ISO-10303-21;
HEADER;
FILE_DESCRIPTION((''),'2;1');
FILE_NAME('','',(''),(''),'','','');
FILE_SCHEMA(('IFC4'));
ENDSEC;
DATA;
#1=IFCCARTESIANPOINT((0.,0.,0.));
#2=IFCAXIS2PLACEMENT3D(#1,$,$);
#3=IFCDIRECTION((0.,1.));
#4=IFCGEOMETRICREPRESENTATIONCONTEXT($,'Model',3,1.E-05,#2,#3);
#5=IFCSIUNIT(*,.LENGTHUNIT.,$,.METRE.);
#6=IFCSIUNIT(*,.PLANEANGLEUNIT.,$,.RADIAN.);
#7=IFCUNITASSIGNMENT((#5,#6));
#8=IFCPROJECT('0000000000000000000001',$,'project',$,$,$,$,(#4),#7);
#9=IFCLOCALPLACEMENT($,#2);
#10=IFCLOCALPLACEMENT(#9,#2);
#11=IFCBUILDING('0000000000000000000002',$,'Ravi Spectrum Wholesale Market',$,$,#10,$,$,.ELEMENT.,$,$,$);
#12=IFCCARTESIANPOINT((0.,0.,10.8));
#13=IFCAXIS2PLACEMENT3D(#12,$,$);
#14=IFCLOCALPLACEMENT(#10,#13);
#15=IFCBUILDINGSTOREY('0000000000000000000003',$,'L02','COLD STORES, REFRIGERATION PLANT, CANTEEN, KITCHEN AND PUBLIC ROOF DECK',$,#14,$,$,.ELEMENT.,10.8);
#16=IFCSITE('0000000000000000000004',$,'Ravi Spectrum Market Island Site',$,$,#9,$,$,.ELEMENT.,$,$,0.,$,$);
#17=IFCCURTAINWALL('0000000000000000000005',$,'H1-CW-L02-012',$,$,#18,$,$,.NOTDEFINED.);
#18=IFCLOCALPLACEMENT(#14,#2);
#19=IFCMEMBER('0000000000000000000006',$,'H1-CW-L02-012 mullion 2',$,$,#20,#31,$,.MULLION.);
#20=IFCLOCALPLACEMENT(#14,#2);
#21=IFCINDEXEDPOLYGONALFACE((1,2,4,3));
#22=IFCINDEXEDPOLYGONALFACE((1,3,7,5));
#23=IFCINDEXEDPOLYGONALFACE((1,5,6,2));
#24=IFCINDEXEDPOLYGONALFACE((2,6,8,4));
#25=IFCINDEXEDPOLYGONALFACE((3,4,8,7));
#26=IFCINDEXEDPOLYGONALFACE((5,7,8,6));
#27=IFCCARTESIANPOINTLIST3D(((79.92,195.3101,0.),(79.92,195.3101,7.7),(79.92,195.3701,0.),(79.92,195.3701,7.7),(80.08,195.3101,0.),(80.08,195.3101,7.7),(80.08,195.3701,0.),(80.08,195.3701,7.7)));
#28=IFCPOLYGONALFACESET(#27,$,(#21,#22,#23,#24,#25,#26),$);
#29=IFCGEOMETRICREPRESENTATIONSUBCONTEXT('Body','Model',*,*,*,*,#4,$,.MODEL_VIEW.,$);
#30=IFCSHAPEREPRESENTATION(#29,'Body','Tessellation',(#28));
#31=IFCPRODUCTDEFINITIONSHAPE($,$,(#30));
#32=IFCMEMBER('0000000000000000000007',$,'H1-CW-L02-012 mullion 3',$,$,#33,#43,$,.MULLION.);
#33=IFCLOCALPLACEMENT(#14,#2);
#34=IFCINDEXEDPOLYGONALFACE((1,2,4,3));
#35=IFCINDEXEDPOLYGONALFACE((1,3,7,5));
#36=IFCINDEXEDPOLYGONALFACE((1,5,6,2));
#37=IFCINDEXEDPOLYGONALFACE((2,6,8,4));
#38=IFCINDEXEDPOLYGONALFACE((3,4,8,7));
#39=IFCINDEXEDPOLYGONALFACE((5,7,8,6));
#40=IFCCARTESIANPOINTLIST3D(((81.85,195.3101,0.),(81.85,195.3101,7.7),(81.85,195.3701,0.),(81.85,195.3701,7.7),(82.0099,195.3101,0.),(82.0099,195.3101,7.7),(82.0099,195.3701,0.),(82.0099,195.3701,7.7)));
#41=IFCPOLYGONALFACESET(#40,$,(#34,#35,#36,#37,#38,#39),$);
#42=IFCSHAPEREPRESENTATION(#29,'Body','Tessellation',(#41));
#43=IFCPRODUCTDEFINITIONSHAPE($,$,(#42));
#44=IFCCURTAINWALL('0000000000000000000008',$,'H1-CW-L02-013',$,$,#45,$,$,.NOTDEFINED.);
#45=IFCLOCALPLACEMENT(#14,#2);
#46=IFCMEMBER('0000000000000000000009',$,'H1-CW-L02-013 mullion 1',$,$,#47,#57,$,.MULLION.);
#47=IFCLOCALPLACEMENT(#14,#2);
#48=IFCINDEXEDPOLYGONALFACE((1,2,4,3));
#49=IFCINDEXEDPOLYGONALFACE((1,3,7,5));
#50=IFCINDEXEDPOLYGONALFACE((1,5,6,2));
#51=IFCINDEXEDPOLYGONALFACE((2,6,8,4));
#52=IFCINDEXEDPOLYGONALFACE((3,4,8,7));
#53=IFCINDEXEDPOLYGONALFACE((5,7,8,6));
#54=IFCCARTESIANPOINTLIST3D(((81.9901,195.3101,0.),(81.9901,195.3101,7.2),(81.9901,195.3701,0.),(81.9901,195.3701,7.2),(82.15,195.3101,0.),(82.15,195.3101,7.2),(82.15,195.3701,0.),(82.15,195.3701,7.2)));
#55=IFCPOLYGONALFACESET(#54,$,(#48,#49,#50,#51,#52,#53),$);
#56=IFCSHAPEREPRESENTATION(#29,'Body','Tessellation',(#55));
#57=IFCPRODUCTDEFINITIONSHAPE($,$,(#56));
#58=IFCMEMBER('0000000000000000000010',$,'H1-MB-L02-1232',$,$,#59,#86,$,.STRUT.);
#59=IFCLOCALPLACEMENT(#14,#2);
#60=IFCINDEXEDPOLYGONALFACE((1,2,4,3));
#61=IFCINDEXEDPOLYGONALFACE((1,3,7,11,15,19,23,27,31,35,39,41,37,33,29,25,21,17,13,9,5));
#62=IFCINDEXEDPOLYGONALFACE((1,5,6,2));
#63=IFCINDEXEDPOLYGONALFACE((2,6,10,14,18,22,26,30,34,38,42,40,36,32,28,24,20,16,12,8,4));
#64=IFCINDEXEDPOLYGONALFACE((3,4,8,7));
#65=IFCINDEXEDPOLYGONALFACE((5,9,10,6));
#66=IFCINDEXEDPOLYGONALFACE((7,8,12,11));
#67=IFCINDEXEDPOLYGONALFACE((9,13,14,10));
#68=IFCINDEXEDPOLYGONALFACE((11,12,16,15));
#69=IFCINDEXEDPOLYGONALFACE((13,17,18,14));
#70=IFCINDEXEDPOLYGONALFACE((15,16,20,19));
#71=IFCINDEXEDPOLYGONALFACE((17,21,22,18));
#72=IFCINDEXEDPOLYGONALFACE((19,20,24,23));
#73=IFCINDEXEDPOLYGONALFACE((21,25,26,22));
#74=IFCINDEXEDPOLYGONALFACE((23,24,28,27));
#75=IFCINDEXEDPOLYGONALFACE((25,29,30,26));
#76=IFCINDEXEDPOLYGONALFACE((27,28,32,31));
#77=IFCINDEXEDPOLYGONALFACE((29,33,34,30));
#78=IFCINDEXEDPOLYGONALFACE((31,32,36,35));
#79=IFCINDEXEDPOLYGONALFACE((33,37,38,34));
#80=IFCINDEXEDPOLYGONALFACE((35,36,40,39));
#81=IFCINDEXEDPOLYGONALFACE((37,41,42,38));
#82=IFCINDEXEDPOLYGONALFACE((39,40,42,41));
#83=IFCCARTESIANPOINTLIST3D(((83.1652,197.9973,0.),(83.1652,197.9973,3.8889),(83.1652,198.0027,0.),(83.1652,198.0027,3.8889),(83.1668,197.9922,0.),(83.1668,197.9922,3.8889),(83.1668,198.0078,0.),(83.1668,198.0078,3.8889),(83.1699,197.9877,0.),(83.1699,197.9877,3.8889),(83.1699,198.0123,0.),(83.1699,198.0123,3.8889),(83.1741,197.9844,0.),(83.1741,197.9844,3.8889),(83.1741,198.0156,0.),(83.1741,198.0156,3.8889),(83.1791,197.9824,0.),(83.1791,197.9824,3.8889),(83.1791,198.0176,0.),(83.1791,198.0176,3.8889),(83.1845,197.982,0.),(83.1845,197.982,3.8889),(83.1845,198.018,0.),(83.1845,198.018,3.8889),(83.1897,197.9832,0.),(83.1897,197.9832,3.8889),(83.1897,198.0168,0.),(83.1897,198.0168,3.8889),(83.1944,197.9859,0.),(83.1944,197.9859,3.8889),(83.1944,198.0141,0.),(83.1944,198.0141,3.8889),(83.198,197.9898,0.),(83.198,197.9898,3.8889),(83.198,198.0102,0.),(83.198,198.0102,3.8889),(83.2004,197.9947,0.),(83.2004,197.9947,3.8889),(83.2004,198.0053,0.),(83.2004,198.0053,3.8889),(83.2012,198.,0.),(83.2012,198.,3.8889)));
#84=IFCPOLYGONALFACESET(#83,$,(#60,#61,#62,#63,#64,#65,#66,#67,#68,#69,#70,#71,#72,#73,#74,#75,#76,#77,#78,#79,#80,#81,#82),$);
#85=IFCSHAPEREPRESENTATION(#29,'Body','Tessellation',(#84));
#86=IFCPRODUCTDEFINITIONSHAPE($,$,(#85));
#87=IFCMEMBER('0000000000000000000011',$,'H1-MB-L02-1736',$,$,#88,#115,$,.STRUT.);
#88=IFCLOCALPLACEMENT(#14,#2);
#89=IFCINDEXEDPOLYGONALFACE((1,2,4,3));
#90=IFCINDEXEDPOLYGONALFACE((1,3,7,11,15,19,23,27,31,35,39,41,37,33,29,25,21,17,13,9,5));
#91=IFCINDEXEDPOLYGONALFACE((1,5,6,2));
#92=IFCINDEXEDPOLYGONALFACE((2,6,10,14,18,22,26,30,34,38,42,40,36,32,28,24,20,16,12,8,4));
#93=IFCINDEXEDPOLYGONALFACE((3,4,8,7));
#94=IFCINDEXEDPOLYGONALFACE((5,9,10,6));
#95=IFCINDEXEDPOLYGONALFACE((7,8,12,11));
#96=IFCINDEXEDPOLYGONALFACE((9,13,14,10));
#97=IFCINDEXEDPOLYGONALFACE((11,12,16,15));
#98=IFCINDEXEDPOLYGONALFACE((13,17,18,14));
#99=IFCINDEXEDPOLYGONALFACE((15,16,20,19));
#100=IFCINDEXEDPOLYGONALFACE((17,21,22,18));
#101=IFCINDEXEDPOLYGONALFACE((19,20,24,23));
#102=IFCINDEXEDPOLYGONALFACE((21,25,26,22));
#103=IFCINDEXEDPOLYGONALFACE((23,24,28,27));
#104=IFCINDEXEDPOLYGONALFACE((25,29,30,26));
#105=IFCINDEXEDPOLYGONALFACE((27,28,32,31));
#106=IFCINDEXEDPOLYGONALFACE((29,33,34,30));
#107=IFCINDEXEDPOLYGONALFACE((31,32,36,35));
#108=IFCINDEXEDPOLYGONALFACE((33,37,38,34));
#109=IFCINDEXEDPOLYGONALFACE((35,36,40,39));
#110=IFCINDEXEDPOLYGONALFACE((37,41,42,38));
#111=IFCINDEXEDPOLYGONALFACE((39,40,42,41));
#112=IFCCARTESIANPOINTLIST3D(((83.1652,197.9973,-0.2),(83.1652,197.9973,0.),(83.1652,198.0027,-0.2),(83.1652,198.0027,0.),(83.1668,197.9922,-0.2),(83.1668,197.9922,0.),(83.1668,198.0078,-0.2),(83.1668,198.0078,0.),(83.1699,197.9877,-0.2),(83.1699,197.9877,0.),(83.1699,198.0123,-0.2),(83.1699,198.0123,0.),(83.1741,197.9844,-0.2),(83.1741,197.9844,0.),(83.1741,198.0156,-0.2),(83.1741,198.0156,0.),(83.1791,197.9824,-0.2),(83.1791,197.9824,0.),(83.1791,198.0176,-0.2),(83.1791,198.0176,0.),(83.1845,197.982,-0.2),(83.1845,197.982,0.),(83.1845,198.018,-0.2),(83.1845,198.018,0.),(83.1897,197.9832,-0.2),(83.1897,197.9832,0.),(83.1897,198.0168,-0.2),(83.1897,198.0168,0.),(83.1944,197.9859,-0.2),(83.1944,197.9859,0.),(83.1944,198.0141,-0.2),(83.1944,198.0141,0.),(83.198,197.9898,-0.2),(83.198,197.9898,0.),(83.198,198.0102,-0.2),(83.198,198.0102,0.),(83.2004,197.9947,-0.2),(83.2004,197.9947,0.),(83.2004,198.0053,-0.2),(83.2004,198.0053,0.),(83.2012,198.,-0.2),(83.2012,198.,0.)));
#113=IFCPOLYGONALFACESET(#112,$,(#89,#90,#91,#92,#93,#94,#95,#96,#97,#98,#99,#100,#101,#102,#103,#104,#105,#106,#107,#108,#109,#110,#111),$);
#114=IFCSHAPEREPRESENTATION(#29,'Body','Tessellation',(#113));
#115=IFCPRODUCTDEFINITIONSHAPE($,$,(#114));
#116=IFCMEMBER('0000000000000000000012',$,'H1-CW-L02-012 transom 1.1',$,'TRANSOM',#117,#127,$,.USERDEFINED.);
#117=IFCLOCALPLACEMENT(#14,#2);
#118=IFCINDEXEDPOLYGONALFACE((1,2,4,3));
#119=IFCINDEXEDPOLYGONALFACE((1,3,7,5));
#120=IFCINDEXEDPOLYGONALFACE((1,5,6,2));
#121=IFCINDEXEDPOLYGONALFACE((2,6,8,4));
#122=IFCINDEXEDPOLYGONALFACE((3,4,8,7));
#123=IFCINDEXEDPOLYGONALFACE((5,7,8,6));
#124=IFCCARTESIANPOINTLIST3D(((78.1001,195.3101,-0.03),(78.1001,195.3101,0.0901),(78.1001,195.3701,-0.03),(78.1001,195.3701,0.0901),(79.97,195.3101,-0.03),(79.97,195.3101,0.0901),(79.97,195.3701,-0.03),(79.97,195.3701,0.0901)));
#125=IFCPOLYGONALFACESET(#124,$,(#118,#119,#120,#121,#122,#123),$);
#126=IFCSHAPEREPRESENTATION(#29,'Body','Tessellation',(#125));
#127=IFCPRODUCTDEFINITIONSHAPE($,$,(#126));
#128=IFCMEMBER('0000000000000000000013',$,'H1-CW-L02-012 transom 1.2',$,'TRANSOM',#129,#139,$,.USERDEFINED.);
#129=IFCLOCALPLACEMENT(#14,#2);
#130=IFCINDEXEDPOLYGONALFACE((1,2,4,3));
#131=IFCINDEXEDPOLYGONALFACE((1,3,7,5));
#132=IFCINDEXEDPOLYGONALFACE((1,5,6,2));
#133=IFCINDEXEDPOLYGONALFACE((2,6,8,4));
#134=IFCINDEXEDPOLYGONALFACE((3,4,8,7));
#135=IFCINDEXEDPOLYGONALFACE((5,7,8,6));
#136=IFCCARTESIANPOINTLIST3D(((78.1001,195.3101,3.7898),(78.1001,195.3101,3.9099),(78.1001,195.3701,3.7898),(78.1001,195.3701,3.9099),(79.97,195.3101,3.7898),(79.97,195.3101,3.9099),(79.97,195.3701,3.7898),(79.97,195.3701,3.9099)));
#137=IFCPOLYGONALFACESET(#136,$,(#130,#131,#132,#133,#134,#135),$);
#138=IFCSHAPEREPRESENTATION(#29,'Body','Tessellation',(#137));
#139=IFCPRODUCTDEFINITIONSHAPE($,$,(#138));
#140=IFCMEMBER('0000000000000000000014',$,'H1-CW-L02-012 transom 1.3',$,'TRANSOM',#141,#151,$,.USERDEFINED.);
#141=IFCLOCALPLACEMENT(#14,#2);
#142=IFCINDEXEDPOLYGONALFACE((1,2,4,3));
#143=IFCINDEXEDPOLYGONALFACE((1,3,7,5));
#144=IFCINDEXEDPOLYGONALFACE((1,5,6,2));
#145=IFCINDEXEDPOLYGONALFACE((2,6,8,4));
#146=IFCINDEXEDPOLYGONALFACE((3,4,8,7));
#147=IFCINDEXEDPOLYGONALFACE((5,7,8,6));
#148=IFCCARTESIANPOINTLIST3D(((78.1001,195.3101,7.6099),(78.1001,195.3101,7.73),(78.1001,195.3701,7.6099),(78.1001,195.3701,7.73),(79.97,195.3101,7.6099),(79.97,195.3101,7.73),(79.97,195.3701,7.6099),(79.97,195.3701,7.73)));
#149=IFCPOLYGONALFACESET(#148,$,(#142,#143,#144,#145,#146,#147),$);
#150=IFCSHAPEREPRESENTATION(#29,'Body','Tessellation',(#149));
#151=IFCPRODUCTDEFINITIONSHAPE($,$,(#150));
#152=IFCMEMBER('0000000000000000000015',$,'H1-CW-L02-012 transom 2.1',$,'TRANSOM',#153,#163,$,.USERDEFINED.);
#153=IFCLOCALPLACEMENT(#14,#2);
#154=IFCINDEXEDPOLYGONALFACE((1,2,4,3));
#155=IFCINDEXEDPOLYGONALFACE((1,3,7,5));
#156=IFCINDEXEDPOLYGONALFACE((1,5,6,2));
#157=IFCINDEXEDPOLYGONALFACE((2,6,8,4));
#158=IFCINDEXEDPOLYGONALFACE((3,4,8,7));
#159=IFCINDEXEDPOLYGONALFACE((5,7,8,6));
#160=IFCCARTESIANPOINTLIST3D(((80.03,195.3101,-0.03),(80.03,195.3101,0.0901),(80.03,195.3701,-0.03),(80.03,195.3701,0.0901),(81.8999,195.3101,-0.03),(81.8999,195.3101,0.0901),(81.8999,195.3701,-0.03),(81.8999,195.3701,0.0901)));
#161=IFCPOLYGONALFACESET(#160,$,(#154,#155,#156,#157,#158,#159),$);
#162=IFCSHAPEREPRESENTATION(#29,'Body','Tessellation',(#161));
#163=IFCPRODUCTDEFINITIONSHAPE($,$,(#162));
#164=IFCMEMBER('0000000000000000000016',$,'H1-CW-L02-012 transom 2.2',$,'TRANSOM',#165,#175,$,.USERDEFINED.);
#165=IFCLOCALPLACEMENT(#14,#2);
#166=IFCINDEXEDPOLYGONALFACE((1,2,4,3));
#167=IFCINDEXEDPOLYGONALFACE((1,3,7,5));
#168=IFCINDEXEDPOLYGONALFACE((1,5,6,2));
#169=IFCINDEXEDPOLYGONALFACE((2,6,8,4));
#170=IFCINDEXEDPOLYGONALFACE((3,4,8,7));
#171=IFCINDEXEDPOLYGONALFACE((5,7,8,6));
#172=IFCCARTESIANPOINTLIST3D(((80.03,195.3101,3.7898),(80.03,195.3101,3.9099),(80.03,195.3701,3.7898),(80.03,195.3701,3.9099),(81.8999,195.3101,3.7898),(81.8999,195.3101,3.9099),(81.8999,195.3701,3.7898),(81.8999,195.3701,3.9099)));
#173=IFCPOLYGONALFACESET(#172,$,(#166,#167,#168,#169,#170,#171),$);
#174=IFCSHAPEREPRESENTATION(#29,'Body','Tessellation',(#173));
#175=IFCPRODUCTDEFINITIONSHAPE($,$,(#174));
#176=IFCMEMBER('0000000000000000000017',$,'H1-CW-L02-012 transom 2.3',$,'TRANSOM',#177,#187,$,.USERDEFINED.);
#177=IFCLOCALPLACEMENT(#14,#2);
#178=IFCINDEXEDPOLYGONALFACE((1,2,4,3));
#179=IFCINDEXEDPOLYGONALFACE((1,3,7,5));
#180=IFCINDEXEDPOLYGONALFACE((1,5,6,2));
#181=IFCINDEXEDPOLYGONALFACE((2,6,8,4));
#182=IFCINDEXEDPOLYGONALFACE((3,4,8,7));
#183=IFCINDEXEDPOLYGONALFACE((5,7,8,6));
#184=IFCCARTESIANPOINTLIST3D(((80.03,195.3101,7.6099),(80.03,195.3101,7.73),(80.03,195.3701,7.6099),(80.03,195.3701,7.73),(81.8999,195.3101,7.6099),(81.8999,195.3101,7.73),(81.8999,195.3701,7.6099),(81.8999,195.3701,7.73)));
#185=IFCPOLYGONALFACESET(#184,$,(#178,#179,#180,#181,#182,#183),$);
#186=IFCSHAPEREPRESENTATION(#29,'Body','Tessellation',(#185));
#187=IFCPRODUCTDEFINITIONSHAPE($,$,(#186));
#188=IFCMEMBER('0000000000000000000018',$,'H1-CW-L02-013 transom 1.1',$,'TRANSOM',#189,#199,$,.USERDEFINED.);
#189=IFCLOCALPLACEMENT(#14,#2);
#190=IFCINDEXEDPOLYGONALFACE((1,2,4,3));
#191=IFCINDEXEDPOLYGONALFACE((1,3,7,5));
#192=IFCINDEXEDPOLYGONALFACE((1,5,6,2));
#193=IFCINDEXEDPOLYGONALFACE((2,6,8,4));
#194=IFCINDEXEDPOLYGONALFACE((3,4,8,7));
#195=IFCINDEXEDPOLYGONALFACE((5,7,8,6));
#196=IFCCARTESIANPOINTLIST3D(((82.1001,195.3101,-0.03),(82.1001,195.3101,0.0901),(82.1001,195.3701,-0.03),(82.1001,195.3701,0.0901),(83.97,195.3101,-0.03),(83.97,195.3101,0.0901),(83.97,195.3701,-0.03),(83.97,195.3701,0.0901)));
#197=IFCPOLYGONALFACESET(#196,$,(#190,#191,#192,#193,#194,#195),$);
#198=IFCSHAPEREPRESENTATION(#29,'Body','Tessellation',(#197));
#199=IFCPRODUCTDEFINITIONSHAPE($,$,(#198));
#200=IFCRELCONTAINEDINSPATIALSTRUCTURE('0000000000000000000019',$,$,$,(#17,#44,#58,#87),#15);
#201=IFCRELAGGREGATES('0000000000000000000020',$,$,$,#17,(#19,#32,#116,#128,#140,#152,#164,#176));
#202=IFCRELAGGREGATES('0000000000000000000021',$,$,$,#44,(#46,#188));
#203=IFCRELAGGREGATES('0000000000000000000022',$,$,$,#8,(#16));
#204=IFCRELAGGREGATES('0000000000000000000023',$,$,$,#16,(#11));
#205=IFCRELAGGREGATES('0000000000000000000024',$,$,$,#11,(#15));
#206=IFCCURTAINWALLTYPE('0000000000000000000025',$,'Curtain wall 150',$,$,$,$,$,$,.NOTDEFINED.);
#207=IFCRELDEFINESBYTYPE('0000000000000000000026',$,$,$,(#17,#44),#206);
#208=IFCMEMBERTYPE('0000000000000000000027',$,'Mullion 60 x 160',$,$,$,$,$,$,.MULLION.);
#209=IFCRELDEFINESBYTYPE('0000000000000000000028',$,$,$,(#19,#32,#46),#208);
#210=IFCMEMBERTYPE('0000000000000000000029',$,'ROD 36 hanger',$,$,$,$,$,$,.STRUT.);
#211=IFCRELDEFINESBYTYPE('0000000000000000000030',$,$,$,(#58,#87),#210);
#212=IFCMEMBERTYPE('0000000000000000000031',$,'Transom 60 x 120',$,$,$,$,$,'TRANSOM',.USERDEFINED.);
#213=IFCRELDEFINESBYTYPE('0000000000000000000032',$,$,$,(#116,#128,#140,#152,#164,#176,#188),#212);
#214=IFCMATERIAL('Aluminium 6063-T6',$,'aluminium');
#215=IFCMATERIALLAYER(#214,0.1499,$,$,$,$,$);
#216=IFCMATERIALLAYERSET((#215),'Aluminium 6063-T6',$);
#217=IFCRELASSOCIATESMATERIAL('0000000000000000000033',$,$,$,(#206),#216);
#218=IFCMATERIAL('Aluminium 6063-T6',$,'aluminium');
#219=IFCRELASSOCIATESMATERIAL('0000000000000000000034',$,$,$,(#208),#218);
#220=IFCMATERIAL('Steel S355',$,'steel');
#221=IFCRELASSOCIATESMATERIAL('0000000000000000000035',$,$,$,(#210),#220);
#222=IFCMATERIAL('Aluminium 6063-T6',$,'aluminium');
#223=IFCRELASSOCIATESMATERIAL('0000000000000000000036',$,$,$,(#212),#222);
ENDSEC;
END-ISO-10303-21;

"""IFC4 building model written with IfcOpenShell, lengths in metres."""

from ifc_helpers import new_model, si_unit, direction, frame, origin, origin_2d, place, context, subcontext, project, spatial, rectangle, circle, extrude, material, layer, layer_set, material_profile, profile_set, type_object, element, aggregate, save


model = new_model("IFC4")

# Units and contexts
model_context = context("Model", 3, precision=1e-05, world=origin(), true_north=direction((0.0, 1.0)))
body_context = subcontext(model_context, "Body", "Model", "MODEL_VIEW")
ifc_project = project(units=[si_unit("LENGTHUNIT", "METRE"), si_unit("PLANEANGLEUNIT", "RADIAN")], contexts=[model_context])

# Site, building, storey
site_placement = place(None, origin())
site = spatial("IfcSite", under=ifc_project, at=site_placement, Name="Ravi Spectrum Market Island Site", CompositionType="ELEMENT", RefElevation=0.0)
building_placement = place(site_placement, origin())
building = spatial("IfcBuilding", under=site, at=building_placement, Name="Ravi Spectrum Wholesale Market", CompositionType="ELEMENT")
storey_placement = place(building_placement, frame((0.0, 0.0, 10.8)))
storey = spatial("IfcBuildingStorey", under=building, at=storey_placement, Name="L02", Description="COLD STORES, REFRIGERATION PLANT, CANTEEN, KITCHEN AND PUBLIC ROOF DECK", CompositionType="ELEMENT", Elevation=10.8)

# Shared definitions
ifc_material_1 = material(Name="Aluminium 6063-T6", Category="aluminium")
ifc_layer_1 = layer(ifc_material_1, 0.1499)
ifc_layer_set_1 = layer_set([ifc_layer_1], Name="Aluminium 6063-T6")
curtain_wall_type = type_object("IfcCurtainWallType", Name="Curtain wall 150", PredefinedType="NOTDEFINED", material=ifc_layer_set_1)
ifc_material_2 = material(Name="Aluminium 6063-T6", Category="aluminium")
ifc_material_profile_1 = material_profile(ifc_material_2, rectangle(XDim=0.0601, YDim=0.1599, at=origin_2d()))
ifc_profile_set_1 = profile_set([ifc_material_profile_1], Name="Aluminium 6063-T6")
member_type_1 = type_object("IfcMemberType", Name="Mullion 60 x 160", PredefinedType="MULLION", material=ifc_profile_set_1)

# Curtain wall, members
curtain_wall_1_placement = place(storey_placement, origin())
curtain_wall_1 = element("IfcCurtainWall", 1, at=curtain_wall_1_placement, inside=storey, type_object=curtain_wall_type, Name="H1-CW-L02-012", PredefinedType="NOTDEFINED")
member_1_placement = place(storey_placement, frame((80.0, 195.3401, 0.0), z_axis=(0.0, 0.0, 1.0), x_axis=(0.0, 1.0, 0.0)))
member_1 = element("IfcMember", 2, at=member_1_placement, type_object=member_type_1, Name="H1-CW-L02-012 mullion 2", PredefinedType="MULLION", context=body_context, shape_type="SweptSolid", body=[
    extrude(rectangle(XDim=0.0601, YDim=0.1599, at=origin_2d()), origin(), (0.0, 0.0, 1.0), 7.7),
])
member_2_placement = place(storey_placement, frame((81.9299, 195.3401, 0.0), z_axis=(0.0, 0.0, 1.0), x_axis=(0.0, 1.0, 0.0)))
member_2 = element("IfcMember", 3, at=member_2_placement, type_object=member_type_1, Name="H1-CW-L02-012 mullion 3", PredefinedType="MULLION", context=body_context, shape_type="SweptSolid", body=[
    extrude(rectangle(XDim=0.0601, YDim=0.1599, at=origin_2d()), origin(), (0.0, 0.0, 1.0), 7.7),
])

# Curtain wall, member
curtain_wall_2_placement = place(storey_placement, origin())
curtain_wall_2 = element("IfcCurtainWall", 4, at=curtain_wall_2_placement, inside=storey, type_object=curtain_wall_type, Name="H1-CW-L02-013", PredefinedType="NOTDEFINED")
member_3_placement = place(storey_placement, frame((82.0701, 195.3401, 0.0), z_axis=(0.0, 0.0, 1.0), x_axis=(0.0, 1.0, 0.0)))
member_3 = element("IfcMember", 5, at=member_3_placement, type_object=member_type_1, Name="H1-CW-L02-013 mullion 1", PredefinedType="MULLION", context=body_context, shape_type="SweptSolid", body=[
    extrude(rectangle(XDim=0.0601, YDim=0.1599, at=origin_2d()), origin(), (0.0, 0.0, 1.0), 7.2),
])

# Members
ifc_material_3 = material(Name="Steel S355", Category="steel")
ifc_material_profile_2 = material_profile(ifc_material_3, circle(Radius=0.0181, at=origin_2d()))
ifc_profile_set_2 = profile_set([ifc_material_profile_2], Name="Steel S355")
member_type_2 = type_object("IfcMemberType", Name="ROD 36 hanger", PredefinedType="STRUT", material=ifc_profile_set_2)
member_4_placement = place(storey_placement, frame((83.1831, 198.0, 0.0), z_axis=(0.0, 0.0, 1.0), x_axis=(1.0, 0.0, 0.0)))
element("IfcMember", 6, at=member_4_placement, inside=storey, type_object=member_type_2, Name="H1-MB-L02-1232", PredefinedType="STRUT", context=body_context, shape_type="SweptSolid", body=[
    extrude(circle(Radius=0.0181, at=origin_2d()), origin(), (0.0, 0.0, 1.0), 3.8889),
])
member_5_placement = place(storey_placement, frame((83.1831, 198.0, 0.0), z_axis=(0.0, 0.0, -1.0), x_axis=(1.0, 0.0, 0.0)))
element("IfcMember", 7, at=member_5_placement, inside=storey, type_object=member_type_2, Name="H1-MB-L02-1736", PredefinedType="STRUT", context=body_context, shape_type="SweptSolid", body=[
    extrude(circle(Radius=0.0181, at=origin_2d()), origin(), (0.0, 0.0, 1.0), 0.2),
])

# Members
ifc_material_4 = material(Name="Aluminium 6063-T6", Category="aluminium")
ifc_material_profile_3 = material_profile(ifc_material_4, rectangle(XDim=0.0601, YDim=0.1201, at=origin_2d()))
ifc_profile_set_3 = profile_set([ifc_material_profile_3], Name="Aluminium 6063-T6")
member_type_3 = type_object("IfcMemberType", Name="Transom 60 x 120", ElementType="TRANSOM", PredefinedType="USERDEFINED", material=ifc_profile_set_3)
member_6_placement = place(storey_placement, frame((78.1001, 195.3401, 0.03), z_axis=(1.0, 0.0, 0.0), x_axis=(0.0, 1.0, 0.0)))
member_6 = element("IfcMember", 8, at=member_6_placement, type_object=member_type_3, Name="H1-CW-L02-012 transom 1.1", ObjectType="TRANSOM", PredefinedType="USERDEFINED", context=body_context, shape_type="SweptSolid", body=[
    extrude(rectangle(XDim=0.0601, YDim=0.1201, at=origin_2d()), origin(), (0.0, 0.0, 1.0), 1.8699),
])
member_7_placement = place(storey_placement, frame((78.1001, 195.3401, 3.8499), z_axis=(1.0, 0.0, 0.0), x_axis=(0.0, 1.0, 0.0)))
member_7 = element("IfcMember", 9, at=member_7_placement, type_object=member_type_3, Name="H1-CW-L02-012 transom 1.2", ObjectType="TRANSOM", PredefinedType="USERDEFINED", context=body_context, shape_type="SweptSolid", body=[
    extrude(rectangle(XDim=0.0601, YDim=0.1201, at=origin_2d()), origin(), (0.0, 0.0, 1.0), 1.8699),
])
member_8_placement = place(storey_placement, frame((78.1001, 195.3401, 7.6699), z_axis=(1.0, 0.0, 0.0), x_axis=(0.0, 1.0, 0.0)))
member_8 = element("IfcMember", 10, at=member_8_placement, type_object=member_type_3, Name="H1-CW-L02-012 transom 1.3", ObjectType="TRANSOM", PredefinedType="USERDEFINED", context=body_context, shape_type="SweptSolid", body=[
    extrude(rectangle(XDim=0.0601, YDim=0.1201, at=origin_2d()), origin(), (0.0, 0.0, 1.0), 1.8699),
])
member_9_placement = place(storey_placement, frame((80.03, 195.3401, 0.03), z_axis=(1.0, 0.0, 0.0), x_axis=(0.0, 1.0, 0.0)))
member_9 = element("IfcMember", 11, at=member_9_placement, type_object=member_type_3, Name="H1-CW-L02-012 transom 2.1", ObjectType="TRANSOM", PredefinedType="USERDEFINED", context=body_context, shape_type="SweptSolid", body=[
    extrude(rectangle(XDim=0.0601, YDim=0.1201, at=origin_2d()), origin(), (0.0, 0.0, 1.0), 1.8699),
])
member_10_placement = place(storey_placement, frame((80.03, 195.3401, 3.8499), z_axis=(1.0, 0.0, 0.0), x_axis=(0.0, 1.0, 0.0)))
member_10 = element("IfcMember", 12, at=member_10_placement, type_object=member_type_3, Name="H1-CW-L02-012 transom 2.2", ObjectType="TRANSOM", PredefinedType="USERDEFINED", context=body_context, shape_type="SweptSolid", body=[
    extrude(rectangle(XDim=0.0601, YDim=0.1201, at=origin_2d()), origin(), (0.0, 0.0, 1.0), 1.8699),
])
member_11_placement = place(storey_placement, frame((80.03, 195.3401, 7.6699), z_axis=(1.0, 0.0, 0.0), x_axis=(0.0, 1.0, 0.0)))
member_11 = element("IfcMember", 13, at=member_11_placement, type_object=member_type_3, Name="H1-CW-L02-012 transom 2.3", ObjectType="TRANSOM", PredefinedType="USERDEFINED", context=body_context, shape_type="SweptSolid", body=[
    extrude(rectangle(XDim=0.0601, YDim=0.1201, at=origin_2d()), origin(), (0.0, 0.0, 1.0), 1.8699),
])
member_12_placement = place(storey_placement, frame((82.1001, 195.3401, 0.03), z_axis=(1.0, 0.0, 0.0), x_axis=(0.0, 1.0, 0.0)))
member_12 = element("IfcMember", 14, at=member_12_placement, type_object=member_type_3, Name="H1-CW-L02-013 transom 1.1", ObjectType="TRANSOM", PredefinedType="USERDEFINED", context=body_context, shape_type="SweptSolid", body=[
    extrude(rectangle(XDim=0.0601, YDim=0.1201, at=origin_2d()), origin(), (0.0, 0.0, 1.0), 1.8699),
])

aggregate(curtain_wall_1, [member_1, member_2, member_6, member_7, member_8, member_9, member_10, member_11])
aggregate(curtain_wall_2, [member_3, member_12])

save(model, "model.ifc")
